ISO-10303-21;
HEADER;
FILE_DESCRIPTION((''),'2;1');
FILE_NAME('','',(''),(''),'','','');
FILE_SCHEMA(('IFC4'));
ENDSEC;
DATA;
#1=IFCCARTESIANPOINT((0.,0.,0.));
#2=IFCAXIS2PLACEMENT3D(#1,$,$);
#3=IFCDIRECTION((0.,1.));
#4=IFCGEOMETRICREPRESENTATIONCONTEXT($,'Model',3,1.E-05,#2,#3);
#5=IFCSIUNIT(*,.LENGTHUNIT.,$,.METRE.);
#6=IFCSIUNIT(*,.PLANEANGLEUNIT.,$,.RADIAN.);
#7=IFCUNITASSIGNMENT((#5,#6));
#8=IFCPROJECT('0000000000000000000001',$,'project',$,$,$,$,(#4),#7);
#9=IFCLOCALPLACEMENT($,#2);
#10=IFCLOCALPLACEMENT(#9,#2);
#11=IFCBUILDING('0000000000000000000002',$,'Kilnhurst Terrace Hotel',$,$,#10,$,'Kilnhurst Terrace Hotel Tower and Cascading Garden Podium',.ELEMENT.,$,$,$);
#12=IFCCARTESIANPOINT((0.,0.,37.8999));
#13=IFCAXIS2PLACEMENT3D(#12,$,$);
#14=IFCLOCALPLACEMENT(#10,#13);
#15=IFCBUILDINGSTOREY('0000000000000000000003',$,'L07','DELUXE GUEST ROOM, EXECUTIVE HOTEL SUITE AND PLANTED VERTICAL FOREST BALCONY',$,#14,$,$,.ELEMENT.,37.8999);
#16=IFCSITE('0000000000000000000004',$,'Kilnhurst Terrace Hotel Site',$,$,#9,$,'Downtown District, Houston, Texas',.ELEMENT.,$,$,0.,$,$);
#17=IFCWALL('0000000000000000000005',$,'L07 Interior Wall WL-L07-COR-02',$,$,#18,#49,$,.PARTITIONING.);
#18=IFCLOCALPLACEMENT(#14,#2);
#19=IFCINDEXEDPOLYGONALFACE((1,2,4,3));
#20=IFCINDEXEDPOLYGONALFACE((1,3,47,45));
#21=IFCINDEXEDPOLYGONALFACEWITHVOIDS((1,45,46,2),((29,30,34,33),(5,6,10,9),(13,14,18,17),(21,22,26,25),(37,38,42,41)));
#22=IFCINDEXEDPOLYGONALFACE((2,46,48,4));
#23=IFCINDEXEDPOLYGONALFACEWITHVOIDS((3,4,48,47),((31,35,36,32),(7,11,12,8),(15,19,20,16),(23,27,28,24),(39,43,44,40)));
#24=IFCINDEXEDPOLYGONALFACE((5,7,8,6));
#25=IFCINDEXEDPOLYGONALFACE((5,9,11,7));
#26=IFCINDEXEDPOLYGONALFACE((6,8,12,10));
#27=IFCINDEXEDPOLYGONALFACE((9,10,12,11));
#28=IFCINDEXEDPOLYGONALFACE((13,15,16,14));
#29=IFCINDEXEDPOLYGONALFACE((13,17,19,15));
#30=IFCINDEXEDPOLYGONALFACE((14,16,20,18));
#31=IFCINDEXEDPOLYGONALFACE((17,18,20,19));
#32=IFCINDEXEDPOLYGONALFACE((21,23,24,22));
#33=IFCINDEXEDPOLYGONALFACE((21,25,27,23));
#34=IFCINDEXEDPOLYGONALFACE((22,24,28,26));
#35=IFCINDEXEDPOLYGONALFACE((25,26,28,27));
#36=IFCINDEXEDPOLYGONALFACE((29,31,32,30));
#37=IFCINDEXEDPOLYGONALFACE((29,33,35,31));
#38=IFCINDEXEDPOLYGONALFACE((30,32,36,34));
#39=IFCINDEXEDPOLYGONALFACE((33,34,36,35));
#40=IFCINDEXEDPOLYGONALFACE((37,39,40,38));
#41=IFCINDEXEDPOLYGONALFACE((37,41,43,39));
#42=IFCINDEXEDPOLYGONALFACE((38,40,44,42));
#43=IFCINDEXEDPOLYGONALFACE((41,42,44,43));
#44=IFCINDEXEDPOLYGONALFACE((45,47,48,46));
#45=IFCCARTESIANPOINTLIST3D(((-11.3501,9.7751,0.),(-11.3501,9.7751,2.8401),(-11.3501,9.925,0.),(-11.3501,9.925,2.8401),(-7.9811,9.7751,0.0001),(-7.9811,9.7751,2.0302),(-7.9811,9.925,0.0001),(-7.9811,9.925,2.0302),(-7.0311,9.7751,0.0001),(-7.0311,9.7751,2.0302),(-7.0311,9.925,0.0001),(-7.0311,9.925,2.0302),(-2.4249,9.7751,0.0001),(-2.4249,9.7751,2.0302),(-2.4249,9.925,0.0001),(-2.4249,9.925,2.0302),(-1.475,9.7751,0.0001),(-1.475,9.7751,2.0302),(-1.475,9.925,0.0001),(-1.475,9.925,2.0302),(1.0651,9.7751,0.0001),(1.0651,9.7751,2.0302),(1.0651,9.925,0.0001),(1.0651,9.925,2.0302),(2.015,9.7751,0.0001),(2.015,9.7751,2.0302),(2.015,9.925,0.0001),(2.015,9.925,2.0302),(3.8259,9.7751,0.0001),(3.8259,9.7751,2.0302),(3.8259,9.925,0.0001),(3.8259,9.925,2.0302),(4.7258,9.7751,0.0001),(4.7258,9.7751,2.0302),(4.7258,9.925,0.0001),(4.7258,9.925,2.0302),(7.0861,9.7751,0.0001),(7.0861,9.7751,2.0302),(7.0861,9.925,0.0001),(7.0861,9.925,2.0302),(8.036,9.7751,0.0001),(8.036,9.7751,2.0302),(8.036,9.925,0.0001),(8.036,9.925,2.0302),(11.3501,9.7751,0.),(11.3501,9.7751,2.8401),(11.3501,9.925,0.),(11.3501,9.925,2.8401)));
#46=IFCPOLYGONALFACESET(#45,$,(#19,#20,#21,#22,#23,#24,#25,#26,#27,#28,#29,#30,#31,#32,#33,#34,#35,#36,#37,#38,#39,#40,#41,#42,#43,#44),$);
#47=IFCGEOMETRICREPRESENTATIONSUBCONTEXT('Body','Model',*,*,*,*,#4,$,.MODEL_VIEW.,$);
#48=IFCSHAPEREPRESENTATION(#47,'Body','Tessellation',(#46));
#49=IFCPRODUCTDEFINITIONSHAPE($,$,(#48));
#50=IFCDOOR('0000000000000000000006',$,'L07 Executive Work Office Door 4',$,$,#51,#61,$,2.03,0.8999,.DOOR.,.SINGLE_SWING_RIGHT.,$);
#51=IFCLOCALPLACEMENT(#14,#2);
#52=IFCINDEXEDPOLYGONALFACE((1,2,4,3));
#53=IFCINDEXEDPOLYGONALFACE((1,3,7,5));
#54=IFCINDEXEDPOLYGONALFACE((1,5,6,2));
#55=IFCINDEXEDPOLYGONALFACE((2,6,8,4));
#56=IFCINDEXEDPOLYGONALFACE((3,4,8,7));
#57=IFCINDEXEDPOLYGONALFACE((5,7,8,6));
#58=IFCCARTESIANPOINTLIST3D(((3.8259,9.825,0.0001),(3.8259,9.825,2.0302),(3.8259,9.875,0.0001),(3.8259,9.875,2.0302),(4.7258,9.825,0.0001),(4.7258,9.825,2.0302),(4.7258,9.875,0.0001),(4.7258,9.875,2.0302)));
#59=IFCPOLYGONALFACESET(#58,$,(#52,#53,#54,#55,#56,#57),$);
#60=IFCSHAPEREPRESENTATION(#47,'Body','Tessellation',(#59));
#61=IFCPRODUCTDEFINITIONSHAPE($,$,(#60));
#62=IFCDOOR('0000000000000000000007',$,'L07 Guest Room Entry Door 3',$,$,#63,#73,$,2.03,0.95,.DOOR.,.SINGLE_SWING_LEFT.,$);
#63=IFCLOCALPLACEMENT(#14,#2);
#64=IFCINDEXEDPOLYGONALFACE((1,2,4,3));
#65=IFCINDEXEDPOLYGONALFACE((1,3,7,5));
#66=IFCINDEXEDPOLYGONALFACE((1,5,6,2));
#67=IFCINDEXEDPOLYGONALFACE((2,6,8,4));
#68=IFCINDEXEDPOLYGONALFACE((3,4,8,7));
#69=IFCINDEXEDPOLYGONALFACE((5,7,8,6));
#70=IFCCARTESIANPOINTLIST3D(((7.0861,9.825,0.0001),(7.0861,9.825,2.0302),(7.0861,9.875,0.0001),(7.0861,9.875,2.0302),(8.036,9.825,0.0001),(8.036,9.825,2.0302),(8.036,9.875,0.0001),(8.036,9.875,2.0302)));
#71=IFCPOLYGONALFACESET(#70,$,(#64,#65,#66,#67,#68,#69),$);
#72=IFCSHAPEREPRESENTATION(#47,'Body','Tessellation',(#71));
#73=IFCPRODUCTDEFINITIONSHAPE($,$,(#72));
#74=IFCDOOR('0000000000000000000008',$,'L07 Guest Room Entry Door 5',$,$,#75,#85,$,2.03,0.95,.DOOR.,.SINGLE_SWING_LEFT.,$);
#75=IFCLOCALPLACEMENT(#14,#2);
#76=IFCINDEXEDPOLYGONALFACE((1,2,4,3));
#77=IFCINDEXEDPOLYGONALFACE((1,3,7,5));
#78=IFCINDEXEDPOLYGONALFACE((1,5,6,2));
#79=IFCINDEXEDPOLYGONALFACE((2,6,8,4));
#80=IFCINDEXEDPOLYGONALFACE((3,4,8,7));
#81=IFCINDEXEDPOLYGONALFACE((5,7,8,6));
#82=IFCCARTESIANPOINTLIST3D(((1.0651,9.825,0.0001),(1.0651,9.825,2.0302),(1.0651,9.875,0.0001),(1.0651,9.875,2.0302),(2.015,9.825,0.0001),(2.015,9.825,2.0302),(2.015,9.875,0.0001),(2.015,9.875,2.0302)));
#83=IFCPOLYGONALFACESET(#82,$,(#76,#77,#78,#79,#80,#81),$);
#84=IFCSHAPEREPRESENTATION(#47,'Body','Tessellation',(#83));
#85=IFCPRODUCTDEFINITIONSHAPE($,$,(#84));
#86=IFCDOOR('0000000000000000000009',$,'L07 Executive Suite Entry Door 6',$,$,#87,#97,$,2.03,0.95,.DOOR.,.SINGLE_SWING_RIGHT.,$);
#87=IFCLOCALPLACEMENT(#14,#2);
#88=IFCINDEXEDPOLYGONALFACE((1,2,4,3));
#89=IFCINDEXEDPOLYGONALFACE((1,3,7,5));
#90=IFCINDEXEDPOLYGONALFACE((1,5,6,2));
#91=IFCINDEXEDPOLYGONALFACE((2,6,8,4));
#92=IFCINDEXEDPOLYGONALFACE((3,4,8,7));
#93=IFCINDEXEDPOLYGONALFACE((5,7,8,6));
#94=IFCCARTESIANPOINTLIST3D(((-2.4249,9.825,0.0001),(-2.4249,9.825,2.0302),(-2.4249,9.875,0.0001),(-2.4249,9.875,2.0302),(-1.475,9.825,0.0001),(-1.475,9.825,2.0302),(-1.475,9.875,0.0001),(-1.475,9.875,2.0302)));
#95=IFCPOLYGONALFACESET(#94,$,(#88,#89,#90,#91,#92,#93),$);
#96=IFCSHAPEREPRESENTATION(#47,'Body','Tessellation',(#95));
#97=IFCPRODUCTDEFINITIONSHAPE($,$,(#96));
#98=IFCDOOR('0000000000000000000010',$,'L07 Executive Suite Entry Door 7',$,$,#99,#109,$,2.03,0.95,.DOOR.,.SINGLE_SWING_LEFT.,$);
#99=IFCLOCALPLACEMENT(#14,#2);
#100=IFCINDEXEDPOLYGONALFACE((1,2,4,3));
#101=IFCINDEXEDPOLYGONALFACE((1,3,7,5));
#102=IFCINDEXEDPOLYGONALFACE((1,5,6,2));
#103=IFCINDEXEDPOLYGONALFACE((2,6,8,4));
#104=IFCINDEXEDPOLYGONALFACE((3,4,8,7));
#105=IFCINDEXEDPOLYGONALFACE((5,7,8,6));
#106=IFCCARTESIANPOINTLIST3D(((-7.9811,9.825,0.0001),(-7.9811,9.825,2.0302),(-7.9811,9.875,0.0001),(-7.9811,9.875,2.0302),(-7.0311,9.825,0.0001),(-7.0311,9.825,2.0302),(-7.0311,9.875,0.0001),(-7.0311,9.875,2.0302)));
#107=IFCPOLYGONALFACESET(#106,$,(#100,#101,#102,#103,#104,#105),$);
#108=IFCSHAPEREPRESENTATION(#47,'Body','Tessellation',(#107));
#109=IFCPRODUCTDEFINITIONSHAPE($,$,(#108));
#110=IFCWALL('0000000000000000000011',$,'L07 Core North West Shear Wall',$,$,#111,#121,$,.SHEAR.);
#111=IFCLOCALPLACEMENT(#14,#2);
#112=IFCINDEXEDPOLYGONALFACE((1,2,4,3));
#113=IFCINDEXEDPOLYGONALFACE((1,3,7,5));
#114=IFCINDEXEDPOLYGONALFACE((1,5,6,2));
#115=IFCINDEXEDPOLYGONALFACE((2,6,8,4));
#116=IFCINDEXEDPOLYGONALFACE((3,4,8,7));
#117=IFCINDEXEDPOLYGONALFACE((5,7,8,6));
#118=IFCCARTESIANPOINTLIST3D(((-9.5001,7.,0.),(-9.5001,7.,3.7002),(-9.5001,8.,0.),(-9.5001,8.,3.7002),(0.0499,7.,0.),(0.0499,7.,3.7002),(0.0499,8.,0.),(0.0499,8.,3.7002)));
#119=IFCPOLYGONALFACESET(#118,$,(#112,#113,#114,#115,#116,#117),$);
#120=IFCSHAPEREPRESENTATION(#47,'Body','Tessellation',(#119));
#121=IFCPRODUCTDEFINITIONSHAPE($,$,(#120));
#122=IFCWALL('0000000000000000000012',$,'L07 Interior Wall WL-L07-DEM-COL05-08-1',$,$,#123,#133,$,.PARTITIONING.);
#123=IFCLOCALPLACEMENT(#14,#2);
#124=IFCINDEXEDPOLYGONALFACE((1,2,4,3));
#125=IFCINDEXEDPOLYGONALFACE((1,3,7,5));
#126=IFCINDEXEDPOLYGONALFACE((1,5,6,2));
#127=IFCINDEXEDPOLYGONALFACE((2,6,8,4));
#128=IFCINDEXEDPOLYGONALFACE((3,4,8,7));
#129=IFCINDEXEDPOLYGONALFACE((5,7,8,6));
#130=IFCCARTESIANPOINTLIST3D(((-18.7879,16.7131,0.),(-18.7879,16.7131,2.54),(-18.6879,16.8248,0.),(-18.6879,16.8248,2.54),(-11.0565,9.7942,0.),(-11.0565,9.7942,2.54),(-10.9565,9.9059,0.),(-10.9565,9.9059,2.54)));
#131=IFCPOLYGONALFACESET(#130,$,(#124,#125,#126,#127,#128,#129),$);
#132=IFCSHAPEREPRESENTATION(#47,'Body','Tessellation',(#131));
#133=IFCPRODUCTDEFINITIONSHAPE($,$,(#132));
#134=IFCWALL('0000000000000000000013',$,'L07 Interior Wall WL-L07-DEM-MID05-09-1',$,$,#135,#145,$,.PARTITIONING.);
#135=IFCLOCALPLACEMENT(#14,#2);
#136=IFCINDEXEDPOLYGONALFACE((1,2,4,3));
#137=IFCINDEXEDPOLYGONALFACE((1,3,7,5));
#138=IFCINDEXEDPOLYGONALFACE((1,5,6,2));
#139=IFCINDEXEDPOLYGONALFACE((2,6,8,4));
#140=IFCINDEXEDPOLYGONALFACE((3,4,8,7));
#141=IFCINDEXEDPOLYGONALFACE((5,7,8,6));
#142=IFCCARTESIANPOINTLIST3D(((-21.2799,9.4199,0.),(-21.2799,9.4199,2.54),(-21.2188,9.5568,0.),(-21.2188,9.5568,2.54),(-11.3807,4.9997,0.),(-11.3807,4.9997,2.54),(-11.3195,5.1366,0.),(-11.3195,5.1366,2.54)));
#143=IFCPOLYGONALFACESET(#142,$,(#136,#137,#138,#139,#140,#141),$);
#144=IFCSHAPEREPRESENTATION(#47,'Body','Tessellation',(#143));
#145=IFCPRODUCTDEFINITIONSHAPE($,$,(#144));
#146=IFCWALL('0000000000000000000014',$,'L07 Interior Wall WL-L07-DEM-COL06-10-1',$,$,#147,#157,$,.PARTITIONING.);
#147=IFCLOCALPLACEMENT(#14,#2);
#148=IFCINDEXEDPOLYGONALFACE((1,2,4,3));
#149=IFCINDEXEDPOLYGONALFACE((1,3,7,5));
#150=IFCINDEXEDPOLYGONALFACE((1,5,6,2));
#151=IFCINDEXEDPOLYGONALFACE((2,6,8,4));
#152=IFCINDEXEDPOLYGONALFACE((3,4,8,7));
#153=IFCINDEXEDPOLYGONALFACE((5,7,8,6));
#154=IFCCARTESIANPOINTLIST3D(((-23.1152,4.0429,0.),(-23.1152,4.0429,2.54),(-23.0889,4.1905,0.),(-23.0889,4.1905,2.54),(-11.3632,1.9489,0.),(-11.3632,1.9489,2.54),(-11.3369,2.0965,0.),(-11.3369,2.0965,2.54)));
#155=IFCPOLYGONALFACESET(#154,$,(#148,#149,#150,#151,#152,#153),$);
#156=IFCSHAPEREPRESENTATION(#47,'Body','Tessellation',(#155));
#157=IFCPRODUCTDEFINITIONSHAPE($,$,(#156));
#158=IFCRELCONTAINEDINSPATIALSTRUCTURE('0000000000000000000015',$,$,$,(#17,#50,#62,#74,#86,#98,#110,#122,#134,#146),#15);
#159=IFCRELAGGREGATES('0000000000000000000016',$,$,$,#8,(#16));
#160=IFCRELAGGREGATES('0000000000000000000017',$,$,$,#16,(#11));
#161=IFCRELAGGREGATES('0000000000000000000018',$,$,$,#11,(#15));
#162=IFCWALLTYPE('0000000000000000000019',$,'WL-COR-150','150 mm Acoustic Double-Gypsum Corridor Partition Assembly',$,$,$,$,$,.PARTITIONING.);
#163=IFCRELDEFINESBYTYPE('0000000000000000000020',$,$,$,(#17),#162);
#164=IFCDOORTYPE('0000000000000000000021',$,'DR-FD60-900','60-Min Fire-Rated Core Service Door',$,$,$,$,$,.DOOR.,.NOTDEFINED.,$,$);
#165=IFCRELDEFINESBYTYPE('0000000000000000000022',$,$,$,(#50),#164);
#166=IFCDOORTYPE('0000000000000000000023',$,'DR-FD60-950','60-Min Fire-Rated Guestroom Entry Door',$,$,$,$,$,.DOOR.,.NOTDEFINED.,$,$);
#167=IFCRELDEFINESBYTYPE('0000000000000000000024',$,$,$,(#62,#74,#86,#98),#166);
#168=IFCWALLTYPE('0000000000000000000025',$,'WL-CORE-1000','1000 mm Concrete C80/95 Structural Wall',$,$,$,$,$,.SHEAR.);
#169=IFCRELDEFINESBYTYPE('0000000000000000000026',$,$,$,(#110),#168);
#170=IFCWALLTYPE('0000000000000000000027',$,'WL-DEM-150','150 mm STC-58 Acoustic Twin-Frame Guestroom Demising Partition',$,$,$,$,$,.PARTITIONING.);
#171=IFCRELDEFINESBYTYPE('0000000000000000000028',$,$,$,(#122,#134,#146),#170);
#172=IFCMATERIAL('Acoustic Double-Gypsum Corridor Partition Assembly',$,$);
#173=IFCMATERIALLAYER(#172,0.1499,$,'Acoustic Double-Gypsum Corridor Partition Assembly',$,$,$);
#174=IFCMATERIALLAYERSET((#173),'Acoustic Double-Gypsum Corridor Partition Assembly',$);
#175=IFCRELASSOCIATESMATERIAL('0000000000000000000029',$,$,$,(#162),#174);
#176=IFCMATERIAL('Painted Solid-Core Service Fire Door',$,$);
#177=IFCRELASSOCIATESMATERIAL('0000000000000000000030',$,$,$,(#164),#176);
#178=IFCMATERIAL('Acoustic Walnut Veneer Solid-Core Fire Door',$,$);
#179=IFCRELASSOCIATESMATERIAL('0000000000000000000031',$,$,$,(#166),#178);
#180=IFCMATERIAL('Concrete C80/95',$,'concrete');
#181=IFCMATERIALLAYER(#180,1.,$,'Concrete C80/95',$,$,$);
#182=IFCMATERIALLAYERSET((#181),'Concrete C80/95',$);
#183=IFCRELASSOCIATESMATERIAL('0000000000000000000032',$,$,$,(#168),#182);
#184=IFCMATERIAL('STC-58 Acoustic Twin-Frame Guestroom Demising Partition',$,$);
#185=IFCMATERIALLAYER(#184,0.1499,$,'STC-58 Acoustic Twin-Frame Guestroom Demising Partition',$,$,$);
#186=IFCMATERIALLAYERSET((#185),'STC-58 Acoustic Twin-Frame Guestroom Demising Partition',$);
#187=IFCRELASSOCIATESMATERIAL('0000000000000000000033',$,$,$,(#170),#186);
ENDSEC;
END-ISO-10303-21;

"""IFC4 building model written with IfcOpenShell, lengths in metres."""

from ifc_helpers import new_model, si_unit, direction, frame, frame_2d, origin, place, context, subcontext, project, spatial, rectangle, extrude, material, layer, layer_set, type_object, element, fill, save


model = new_model("IFC4")

# Units and contexts
model_context = context("Model", 3, precision=1e-05, world=origin(), true_north=direction((0.0, 1.0)))
body_context = subcontext(model_context, "Body", "Model", "MODEL_VIEW")
ifc_project = project(units=[si_unit("LENGTHUNIT", "METRE"), si_unit("PLANEANGLEUNIT", "RADIAN")], contexts=[model_context])

# Site, building, storey
site_placement = place(None, origin())
site = spatial("IfcSite", under=ifc_project, at=site_placement, Name="Kilnhurst Terrace Hotel Site", LongName="Downtown District, Houston, Texas", CompositionType="ELEMENT", RefElevation=0.0)
building_placement = place(site_placement, origin())
building = spatial("IfcBuilding", under=site, at=building_placement, Name="Kilnhurst Terrace Hotel", LongName="Kilnhurst Terrace Hotel Tower and Cascading Garden Podium", CompositionType="ELEMENT")
storey_placement = place(building_placement, frame((0.0, 0.0, 37.8999)))
storey = spatial("IfcBuildingStorey", under=building, at=storey_placement, Name="L07", Description="DELUXE GUEST ROOM, EXECUTIVE HOTEL SUITE AND PLANTED VERTICAL FOREST BALCONY", CompositionType="ELEMENT", Elevation=37.8999)

# Shared definitions
ifc_material_1 = material(Name="Concrete C80/95", Category="concrete")

# Wall, openings, doors
ifc_material_2 = material(Name="Acoustic Double-Gypsum Corridor Partition Assembly")
ifc_layer_1 = layer(ifc_material_2, 0.1499, Name="Acoustic Double-Gypsum Corridor Partition Assembly")
ifc_layer_set_1 = layer_set([ifc_layer_1], Name="Acoustic Double-Gypsum Corridor Partition Assembly")
wall_type_1 = type_object("IfcWallType", Name="WL-COR-150", Description="150 mm Acoustic Double-Gypsum Corridor Partition Assembly", PredefinedType="PARTITIONING", material=ifc_layer_set_1)
wall_1_placement = place(storey_placement, frame((-11.3501, 9.8501, 0.0), z_axis=(0.0, 0.0, 1.0), x_axis=(1.0, 0.0, 0.0)))
wall_1 = element("IfcWall", 1, at=wall_1_placement, inside=storey, type_object=wall_type_1, Name="L07 Interior Wall WL-L07-COR-02", PredefinedType="PARTITIONING", context=body_context, shape_type="SweptSolid", body=[
    extrude(rectangle(XDim=22.7002, YDim=0.1499, at=frame_2d((11.3501, 0.0))), origin(), (0.0, 0.0, 1.0), 2.8401),
])
opening_1_placement = place(wall_1_placement, frame((18.436, 0.0, 0.0)))
opening_1 = element("IfcOpeningElement", 2, at=opening_1_placement, cuts=wall_1, PredefinedType="OPENING", context=body_context, shape_type="SweptSolid", body=[
    extrude(rectangle(XDim=0.95, YDim=2.03, at=frame_2d((0.4751, 1.0151))), frame((0.0, 0.085, 0.0), z_axis=(0.0, -1.0, 0.0), x_axis=(1.0, 0.0, 0.0)), (0.0, 0.0, 1.0), 0.1699),
])
opening_2_placement = place(wall_1_placement, frame((15.176, 0.0, 0.0)))
opening_2 = element("IfcOpeningElement", 3, at=opening_2_placement, cuts=wall_1, PredefinedType="OPENING", context=body_context, shape_type="SweptSolid", body=[
    extrude(rectangle(XDim=0.8999, YDim=2.03, at=frame_2d((0.45, 1.0151))), frame((0.0, 0.085, 0.0), z_axis=(0.0, -1.0, 0.0), x_axis=(1.0, 0.0, 0.0)), (0.0, 0.0, 1.0), 0.1699),
])
opening_3_placement = place(wall_1_placement, frame((12.415, 0.0, 0.0)))
opening_3 = element("IfcOpeningElement", 4, at=opening_3_placement, cuts=wall_1, PredefinedType="OPENING", context=body_context, shape_type="SweptSolid", body=[
    extrude(rectangle(XDim=0.95, YDim=2.03, at=frame_2d((0.4751, 1.0151))), frame((0.0, 0.085, 0.0), z_axis=(0.0, -1.0, 0.0), x_axis=(1.0, 0.0, 0.0)), (0.0, 0.0, 1.0), 0.1699),
])
opening_4_placement = place(wall_1_placement, frame((8.925, 0.0, 0.0)))
opening_4 = element("IfcOpeningElement", 5, at=opening_4_placement, cuts=wall_1, PredefinedType="OPENING", context=body_context, shape_type="SweptSolid", body=[
    extrude(rectangle(XDim=0.95, YDim=2.03, at=frame_2d((0.4751, 1.0151))), frame((0.0, 0.085, 0.0), z_axis=(0.0, -1.0, 0.0), x_axis=(1.0, 0.0, 0.0)), (0.0, 0.0, 1.0), 0.1699),
])
opening_5_placement = place(wall_1_placement, frame((3.3689, 0.0, 0.0)))
opening_5 = element("IfcOpeningElement", 6, at=opening_5_placement, cuts=wall_1, PredefinedType="OPENING", context=body_context, shape_type="SweptSolid", body=[
    extrude(rectangle(XDim=0.95, YDim=2.03, at=frame_2d((0.4751, 1.0151))), frame((0.0, 0.085, 0.0), z_axis=(0.0, -1.0, 0.0), x_axis=(1.0, 0.0, 0.0)), (0.0, 0.0, 1.0), 0.1699),
])
ifc_material_3 = material(Name="Painted Solid-Core Service Fire Door")
door_type_1 = type_object("IfcDoorType", Name="DR-FD60-900", Description="60-Min Fire-Rated Core Service Door", OperationType="NOTDEFINED", PredefinedType="DOOR", material=ifc_material_3)
door_1_placement = place(opening_2_placement, origin())
door_1 = element("IfcDoor", 7, at=door_1_placement, inside=storey, type_object=door_type_1, Name="L07 Executive Work Office Door 4", OperationType="SINGLE_SWING_RIGHT", OverallHeight=2.03, OverallWidth=0.8999, PredefinedType="DOOR", context=body_context, shape_type="SweptSolid", body=[
    extrude(rectangle(XDim=0.8999, YDim=2.03, at=frame_2d((0.45, 1.0151))), frame((0.0, 0.0249, 0.0), z_axis=(0.0, -1.0, 0.0), x_axis=(1.0, 0.0, 0.0)), (0.0, 0.0, 1.0), 0.05),
])
fill(opening_2, door_1)
ifc_material_4 = material(Name="Acoustic Walnut Veneer Solid-Core Fire Door")
door_type_2 = type_object("IfcDoorType", Name="DR-FD60-950", Description="60-Min Fire-Rated Guestroom Entry Door", OperationType="NOTDEFINED", PredefinedType="DOOR", material=ifc_material_4)
door_2_placement = place(opening_1_placement, origin())
door_2 = element("IfcDoor", 8, at=door_2_placement, inside=storey, type_object=door_type_2, Name="L07 Guest Room Entry Door 3", OperationType="SINGLE_SWING_LEFT", OverallHeight=2.03, OverallWidth=0.95, PredefinedType="DOOR", context=body_context, shape_type="SweptSolid", body=[
    extrude(rectangle(XDim=0.95, YDim=2.03, at=frame_2d((0.4751, 1.0151))), frame((0.0, 0.0249, 0.0), z_axis=(0.0, -1.0, 0.0), x_axis=(1.0, 0.0, 0.0)), (0.0, 0.0, 1.0), 0.05),
])
fill(opening_1, door_2)
door_3_placement = place(opening_3_placement, origin())
door_3 = element("IfcDoor", 9, at=door_3_placement, inside=storey, type_object=door_type_2, Name="L07 Guest Room Entry Door 5", OperationType="SINGLE_SWING_LEFT", OverallHeight=2.03, OverallWidth=0.95, PredefinedType="DOOR", context=body_context, shape_type="SweptSolid", body=[
    extrude(rectangle(XDim=0.95, YDim=2.03, at=frame_2d((0.4751, 1.0151))), frame((0.0, 0.0249, 0.0), z_axis=(0.0, -1.0, 0.0), x_axis=(1.0, 0.0, 0.0)), (0.0, 0.0, 1.0), 0.05),
])
fill(opening_3, door_3)
door_4_placement = place(opening_4_placement, origin())
door_4 = element("IfcDoor", 10, at=door_4_placement, inside=storey, type_object=door_type_2, Name="L07 Executive Suite Entry Door 6", OperationType="SINGLE_SWING_RIGHT", OverallHeight=2.03, OverallWidth=0.95, PredefinedType="DOOR", context=body_context, shape_type="SweptSolid", body=[
    extrude(rectangle(XDim=0.95, YDim=2.03, at=frame_2d((0.4751, 1.0151))), frame((0.0, 0.0249, 0.0), z_axis=(0.0, -1.0, 0.0), x_axis=(1.0, 0.0, 0.0)), (0.0, 0.0, 1.0), 0.05),
])
fill(opening_4, door_4)
door_5_placement = place(opening_5_placement, origin())
door_5 = element("IfcDoor", 11, at=door_5_placement, inside=storey, type_object=door_type_2, Name="L07 Executive Suite Entry Door 7", OperationType="SINGLE_SWING_LEFT", OverallHeight=2.03, OverallWidth=0.95, PredefinedType="DOOR", context=body_context, shape_type="SweptSolid", body=[
    extrude(rectangle(XDim=0.95, YDim=2.03, at=frame_2d((0.4751, 1.0151))), frame((0.0, 0.0249, 0.0), z_axis=(0.0, -1.0, 0.0), x_axis=(1.0, 0.0, 0.0)), (0.0, 0.0, 1.0), 0.05),
])
fill(opening_5, door_5)

# Walls
ifc_layer_2 = layer(ifc_material_1, 1.0, Name="Concrete C80/95")
ifc_layer_set_2 = layer_set([ifc_layer_2], Name="Concrete C80/95")
wall_type_2 = type_object("IfcWallType", Name="WL-CORE-1000", Description="1000 mm Concrete C80/95 Structural Wall", PredefinedType="SHEAR", material=ifc_layer_set_2)
wall_2_placement = place(storey_placement, frame((-9.5, 7.5, 0.0), z_axis=(0.0, 0.0, 1.0), x_axis=(1.0, 0.0, 0.0)))
element("IfcWall", 12, at=wall_2_placement, inside=storey, type_object=wall_type_2, Name="L07 Core North West Shear Wall", PredefinedType="SHEAR", context=body_context, shape_type="SweptSolid", body=[
    extrude(rectangle(XDim=9.55, YDim=1.0, at=frame_2d((4.7749, 0.0))), origin(), (0.0, 0.0, 1.0), 3.7002),
])
ifc_material_5 = material(Name="STC-58 Acoustic Twin-Frame Guestroom Demising Partition")
ifc_layer_3 = layer(ifc_material_5, 0.1499, Name="STC-58 Acoustic Twin-Frame Guestroom Demising Partition")
ifc_layer_set_3 = layer_set([ifc_layer_3], Name="STC-58 Acoustic Twin-Frame Guestroom Demising Partition")
wall_type_3 = type_object("IfcWallType", Name="WL-DEM-150", Description="150 mm STC-58 Acoustic Twin-Frame Guestroom Demising Partition", PredefinedType="PARTITIONING", material=ifc_layer_set_3)
wall_3_placement = place(storey_placement, frame((-11.0066, 9.8501, 0.0), z_axis=(0.0, 0.0, 1.0), x_axis=(-0.745177, 0.666866, 0.0)))
element("IfcWall", 13, at=wall_3_placement, inside=storey, type_object=wall_type_3, Name="L07 Interior Wall WL-L07-DEM-COL05-08-1", PredefinedType="PARTITIONING", context=body_context, shape_type="SweptSolid", body=[
    extrude(rectangle(XDim=10.3752, YDim=0.1499, at=frame_2d((5.1875, 0.0))), origin(), (0.0, 0.0, 1.0), 2.54),
])
wall_4_placement = place(storey_placement, frame((-11.3501, 5.0681, 0.0), z_axis=(0.0, 0.0, 1.0), x_axis=(-0.913107, 0.40772, 0.0)))
element("IfcWall", 14, at=wall_4_placement, inside=storey, type_object=wall_type_3, Name="L07 Interior Wall WL-L07-DEM-MID05-09-1", PredefinedType="PARTITIONING", context=body_context, shape_type="SweptSolid", body=[
    extrude(rectangle(XDim=10.8413, YDim=0.1499, at=frame_2d((5.4207, 0.0))), origin(), (0.0, 0.0, 1.0), 2.54),
])
wall_5_placement = place(storey_placement, frame((-11.3501, 2.0227, 0.0), z_axis=(0.0, 0.0, 1.0), x_axis=(-0.984494, 0.17542, 0.0)))
element("IfcWall", 15, at=wall_5_placement, inside=storey, type_object=wall_type_3, Name="L07 Interior Wall WL-L07-DEM-COL06-10-1", PredefinedType="PARTITIONING", context=body_context, shape_type="SweptSolid", body=[
    extrude(rectangle(XDim=11.937, YDim=0.1499, at=frame_2d((5.9685, 0.0))), origin(), (0.0, 0.0, 1.0), 2.54),
])

save(model, "model.ifc")
